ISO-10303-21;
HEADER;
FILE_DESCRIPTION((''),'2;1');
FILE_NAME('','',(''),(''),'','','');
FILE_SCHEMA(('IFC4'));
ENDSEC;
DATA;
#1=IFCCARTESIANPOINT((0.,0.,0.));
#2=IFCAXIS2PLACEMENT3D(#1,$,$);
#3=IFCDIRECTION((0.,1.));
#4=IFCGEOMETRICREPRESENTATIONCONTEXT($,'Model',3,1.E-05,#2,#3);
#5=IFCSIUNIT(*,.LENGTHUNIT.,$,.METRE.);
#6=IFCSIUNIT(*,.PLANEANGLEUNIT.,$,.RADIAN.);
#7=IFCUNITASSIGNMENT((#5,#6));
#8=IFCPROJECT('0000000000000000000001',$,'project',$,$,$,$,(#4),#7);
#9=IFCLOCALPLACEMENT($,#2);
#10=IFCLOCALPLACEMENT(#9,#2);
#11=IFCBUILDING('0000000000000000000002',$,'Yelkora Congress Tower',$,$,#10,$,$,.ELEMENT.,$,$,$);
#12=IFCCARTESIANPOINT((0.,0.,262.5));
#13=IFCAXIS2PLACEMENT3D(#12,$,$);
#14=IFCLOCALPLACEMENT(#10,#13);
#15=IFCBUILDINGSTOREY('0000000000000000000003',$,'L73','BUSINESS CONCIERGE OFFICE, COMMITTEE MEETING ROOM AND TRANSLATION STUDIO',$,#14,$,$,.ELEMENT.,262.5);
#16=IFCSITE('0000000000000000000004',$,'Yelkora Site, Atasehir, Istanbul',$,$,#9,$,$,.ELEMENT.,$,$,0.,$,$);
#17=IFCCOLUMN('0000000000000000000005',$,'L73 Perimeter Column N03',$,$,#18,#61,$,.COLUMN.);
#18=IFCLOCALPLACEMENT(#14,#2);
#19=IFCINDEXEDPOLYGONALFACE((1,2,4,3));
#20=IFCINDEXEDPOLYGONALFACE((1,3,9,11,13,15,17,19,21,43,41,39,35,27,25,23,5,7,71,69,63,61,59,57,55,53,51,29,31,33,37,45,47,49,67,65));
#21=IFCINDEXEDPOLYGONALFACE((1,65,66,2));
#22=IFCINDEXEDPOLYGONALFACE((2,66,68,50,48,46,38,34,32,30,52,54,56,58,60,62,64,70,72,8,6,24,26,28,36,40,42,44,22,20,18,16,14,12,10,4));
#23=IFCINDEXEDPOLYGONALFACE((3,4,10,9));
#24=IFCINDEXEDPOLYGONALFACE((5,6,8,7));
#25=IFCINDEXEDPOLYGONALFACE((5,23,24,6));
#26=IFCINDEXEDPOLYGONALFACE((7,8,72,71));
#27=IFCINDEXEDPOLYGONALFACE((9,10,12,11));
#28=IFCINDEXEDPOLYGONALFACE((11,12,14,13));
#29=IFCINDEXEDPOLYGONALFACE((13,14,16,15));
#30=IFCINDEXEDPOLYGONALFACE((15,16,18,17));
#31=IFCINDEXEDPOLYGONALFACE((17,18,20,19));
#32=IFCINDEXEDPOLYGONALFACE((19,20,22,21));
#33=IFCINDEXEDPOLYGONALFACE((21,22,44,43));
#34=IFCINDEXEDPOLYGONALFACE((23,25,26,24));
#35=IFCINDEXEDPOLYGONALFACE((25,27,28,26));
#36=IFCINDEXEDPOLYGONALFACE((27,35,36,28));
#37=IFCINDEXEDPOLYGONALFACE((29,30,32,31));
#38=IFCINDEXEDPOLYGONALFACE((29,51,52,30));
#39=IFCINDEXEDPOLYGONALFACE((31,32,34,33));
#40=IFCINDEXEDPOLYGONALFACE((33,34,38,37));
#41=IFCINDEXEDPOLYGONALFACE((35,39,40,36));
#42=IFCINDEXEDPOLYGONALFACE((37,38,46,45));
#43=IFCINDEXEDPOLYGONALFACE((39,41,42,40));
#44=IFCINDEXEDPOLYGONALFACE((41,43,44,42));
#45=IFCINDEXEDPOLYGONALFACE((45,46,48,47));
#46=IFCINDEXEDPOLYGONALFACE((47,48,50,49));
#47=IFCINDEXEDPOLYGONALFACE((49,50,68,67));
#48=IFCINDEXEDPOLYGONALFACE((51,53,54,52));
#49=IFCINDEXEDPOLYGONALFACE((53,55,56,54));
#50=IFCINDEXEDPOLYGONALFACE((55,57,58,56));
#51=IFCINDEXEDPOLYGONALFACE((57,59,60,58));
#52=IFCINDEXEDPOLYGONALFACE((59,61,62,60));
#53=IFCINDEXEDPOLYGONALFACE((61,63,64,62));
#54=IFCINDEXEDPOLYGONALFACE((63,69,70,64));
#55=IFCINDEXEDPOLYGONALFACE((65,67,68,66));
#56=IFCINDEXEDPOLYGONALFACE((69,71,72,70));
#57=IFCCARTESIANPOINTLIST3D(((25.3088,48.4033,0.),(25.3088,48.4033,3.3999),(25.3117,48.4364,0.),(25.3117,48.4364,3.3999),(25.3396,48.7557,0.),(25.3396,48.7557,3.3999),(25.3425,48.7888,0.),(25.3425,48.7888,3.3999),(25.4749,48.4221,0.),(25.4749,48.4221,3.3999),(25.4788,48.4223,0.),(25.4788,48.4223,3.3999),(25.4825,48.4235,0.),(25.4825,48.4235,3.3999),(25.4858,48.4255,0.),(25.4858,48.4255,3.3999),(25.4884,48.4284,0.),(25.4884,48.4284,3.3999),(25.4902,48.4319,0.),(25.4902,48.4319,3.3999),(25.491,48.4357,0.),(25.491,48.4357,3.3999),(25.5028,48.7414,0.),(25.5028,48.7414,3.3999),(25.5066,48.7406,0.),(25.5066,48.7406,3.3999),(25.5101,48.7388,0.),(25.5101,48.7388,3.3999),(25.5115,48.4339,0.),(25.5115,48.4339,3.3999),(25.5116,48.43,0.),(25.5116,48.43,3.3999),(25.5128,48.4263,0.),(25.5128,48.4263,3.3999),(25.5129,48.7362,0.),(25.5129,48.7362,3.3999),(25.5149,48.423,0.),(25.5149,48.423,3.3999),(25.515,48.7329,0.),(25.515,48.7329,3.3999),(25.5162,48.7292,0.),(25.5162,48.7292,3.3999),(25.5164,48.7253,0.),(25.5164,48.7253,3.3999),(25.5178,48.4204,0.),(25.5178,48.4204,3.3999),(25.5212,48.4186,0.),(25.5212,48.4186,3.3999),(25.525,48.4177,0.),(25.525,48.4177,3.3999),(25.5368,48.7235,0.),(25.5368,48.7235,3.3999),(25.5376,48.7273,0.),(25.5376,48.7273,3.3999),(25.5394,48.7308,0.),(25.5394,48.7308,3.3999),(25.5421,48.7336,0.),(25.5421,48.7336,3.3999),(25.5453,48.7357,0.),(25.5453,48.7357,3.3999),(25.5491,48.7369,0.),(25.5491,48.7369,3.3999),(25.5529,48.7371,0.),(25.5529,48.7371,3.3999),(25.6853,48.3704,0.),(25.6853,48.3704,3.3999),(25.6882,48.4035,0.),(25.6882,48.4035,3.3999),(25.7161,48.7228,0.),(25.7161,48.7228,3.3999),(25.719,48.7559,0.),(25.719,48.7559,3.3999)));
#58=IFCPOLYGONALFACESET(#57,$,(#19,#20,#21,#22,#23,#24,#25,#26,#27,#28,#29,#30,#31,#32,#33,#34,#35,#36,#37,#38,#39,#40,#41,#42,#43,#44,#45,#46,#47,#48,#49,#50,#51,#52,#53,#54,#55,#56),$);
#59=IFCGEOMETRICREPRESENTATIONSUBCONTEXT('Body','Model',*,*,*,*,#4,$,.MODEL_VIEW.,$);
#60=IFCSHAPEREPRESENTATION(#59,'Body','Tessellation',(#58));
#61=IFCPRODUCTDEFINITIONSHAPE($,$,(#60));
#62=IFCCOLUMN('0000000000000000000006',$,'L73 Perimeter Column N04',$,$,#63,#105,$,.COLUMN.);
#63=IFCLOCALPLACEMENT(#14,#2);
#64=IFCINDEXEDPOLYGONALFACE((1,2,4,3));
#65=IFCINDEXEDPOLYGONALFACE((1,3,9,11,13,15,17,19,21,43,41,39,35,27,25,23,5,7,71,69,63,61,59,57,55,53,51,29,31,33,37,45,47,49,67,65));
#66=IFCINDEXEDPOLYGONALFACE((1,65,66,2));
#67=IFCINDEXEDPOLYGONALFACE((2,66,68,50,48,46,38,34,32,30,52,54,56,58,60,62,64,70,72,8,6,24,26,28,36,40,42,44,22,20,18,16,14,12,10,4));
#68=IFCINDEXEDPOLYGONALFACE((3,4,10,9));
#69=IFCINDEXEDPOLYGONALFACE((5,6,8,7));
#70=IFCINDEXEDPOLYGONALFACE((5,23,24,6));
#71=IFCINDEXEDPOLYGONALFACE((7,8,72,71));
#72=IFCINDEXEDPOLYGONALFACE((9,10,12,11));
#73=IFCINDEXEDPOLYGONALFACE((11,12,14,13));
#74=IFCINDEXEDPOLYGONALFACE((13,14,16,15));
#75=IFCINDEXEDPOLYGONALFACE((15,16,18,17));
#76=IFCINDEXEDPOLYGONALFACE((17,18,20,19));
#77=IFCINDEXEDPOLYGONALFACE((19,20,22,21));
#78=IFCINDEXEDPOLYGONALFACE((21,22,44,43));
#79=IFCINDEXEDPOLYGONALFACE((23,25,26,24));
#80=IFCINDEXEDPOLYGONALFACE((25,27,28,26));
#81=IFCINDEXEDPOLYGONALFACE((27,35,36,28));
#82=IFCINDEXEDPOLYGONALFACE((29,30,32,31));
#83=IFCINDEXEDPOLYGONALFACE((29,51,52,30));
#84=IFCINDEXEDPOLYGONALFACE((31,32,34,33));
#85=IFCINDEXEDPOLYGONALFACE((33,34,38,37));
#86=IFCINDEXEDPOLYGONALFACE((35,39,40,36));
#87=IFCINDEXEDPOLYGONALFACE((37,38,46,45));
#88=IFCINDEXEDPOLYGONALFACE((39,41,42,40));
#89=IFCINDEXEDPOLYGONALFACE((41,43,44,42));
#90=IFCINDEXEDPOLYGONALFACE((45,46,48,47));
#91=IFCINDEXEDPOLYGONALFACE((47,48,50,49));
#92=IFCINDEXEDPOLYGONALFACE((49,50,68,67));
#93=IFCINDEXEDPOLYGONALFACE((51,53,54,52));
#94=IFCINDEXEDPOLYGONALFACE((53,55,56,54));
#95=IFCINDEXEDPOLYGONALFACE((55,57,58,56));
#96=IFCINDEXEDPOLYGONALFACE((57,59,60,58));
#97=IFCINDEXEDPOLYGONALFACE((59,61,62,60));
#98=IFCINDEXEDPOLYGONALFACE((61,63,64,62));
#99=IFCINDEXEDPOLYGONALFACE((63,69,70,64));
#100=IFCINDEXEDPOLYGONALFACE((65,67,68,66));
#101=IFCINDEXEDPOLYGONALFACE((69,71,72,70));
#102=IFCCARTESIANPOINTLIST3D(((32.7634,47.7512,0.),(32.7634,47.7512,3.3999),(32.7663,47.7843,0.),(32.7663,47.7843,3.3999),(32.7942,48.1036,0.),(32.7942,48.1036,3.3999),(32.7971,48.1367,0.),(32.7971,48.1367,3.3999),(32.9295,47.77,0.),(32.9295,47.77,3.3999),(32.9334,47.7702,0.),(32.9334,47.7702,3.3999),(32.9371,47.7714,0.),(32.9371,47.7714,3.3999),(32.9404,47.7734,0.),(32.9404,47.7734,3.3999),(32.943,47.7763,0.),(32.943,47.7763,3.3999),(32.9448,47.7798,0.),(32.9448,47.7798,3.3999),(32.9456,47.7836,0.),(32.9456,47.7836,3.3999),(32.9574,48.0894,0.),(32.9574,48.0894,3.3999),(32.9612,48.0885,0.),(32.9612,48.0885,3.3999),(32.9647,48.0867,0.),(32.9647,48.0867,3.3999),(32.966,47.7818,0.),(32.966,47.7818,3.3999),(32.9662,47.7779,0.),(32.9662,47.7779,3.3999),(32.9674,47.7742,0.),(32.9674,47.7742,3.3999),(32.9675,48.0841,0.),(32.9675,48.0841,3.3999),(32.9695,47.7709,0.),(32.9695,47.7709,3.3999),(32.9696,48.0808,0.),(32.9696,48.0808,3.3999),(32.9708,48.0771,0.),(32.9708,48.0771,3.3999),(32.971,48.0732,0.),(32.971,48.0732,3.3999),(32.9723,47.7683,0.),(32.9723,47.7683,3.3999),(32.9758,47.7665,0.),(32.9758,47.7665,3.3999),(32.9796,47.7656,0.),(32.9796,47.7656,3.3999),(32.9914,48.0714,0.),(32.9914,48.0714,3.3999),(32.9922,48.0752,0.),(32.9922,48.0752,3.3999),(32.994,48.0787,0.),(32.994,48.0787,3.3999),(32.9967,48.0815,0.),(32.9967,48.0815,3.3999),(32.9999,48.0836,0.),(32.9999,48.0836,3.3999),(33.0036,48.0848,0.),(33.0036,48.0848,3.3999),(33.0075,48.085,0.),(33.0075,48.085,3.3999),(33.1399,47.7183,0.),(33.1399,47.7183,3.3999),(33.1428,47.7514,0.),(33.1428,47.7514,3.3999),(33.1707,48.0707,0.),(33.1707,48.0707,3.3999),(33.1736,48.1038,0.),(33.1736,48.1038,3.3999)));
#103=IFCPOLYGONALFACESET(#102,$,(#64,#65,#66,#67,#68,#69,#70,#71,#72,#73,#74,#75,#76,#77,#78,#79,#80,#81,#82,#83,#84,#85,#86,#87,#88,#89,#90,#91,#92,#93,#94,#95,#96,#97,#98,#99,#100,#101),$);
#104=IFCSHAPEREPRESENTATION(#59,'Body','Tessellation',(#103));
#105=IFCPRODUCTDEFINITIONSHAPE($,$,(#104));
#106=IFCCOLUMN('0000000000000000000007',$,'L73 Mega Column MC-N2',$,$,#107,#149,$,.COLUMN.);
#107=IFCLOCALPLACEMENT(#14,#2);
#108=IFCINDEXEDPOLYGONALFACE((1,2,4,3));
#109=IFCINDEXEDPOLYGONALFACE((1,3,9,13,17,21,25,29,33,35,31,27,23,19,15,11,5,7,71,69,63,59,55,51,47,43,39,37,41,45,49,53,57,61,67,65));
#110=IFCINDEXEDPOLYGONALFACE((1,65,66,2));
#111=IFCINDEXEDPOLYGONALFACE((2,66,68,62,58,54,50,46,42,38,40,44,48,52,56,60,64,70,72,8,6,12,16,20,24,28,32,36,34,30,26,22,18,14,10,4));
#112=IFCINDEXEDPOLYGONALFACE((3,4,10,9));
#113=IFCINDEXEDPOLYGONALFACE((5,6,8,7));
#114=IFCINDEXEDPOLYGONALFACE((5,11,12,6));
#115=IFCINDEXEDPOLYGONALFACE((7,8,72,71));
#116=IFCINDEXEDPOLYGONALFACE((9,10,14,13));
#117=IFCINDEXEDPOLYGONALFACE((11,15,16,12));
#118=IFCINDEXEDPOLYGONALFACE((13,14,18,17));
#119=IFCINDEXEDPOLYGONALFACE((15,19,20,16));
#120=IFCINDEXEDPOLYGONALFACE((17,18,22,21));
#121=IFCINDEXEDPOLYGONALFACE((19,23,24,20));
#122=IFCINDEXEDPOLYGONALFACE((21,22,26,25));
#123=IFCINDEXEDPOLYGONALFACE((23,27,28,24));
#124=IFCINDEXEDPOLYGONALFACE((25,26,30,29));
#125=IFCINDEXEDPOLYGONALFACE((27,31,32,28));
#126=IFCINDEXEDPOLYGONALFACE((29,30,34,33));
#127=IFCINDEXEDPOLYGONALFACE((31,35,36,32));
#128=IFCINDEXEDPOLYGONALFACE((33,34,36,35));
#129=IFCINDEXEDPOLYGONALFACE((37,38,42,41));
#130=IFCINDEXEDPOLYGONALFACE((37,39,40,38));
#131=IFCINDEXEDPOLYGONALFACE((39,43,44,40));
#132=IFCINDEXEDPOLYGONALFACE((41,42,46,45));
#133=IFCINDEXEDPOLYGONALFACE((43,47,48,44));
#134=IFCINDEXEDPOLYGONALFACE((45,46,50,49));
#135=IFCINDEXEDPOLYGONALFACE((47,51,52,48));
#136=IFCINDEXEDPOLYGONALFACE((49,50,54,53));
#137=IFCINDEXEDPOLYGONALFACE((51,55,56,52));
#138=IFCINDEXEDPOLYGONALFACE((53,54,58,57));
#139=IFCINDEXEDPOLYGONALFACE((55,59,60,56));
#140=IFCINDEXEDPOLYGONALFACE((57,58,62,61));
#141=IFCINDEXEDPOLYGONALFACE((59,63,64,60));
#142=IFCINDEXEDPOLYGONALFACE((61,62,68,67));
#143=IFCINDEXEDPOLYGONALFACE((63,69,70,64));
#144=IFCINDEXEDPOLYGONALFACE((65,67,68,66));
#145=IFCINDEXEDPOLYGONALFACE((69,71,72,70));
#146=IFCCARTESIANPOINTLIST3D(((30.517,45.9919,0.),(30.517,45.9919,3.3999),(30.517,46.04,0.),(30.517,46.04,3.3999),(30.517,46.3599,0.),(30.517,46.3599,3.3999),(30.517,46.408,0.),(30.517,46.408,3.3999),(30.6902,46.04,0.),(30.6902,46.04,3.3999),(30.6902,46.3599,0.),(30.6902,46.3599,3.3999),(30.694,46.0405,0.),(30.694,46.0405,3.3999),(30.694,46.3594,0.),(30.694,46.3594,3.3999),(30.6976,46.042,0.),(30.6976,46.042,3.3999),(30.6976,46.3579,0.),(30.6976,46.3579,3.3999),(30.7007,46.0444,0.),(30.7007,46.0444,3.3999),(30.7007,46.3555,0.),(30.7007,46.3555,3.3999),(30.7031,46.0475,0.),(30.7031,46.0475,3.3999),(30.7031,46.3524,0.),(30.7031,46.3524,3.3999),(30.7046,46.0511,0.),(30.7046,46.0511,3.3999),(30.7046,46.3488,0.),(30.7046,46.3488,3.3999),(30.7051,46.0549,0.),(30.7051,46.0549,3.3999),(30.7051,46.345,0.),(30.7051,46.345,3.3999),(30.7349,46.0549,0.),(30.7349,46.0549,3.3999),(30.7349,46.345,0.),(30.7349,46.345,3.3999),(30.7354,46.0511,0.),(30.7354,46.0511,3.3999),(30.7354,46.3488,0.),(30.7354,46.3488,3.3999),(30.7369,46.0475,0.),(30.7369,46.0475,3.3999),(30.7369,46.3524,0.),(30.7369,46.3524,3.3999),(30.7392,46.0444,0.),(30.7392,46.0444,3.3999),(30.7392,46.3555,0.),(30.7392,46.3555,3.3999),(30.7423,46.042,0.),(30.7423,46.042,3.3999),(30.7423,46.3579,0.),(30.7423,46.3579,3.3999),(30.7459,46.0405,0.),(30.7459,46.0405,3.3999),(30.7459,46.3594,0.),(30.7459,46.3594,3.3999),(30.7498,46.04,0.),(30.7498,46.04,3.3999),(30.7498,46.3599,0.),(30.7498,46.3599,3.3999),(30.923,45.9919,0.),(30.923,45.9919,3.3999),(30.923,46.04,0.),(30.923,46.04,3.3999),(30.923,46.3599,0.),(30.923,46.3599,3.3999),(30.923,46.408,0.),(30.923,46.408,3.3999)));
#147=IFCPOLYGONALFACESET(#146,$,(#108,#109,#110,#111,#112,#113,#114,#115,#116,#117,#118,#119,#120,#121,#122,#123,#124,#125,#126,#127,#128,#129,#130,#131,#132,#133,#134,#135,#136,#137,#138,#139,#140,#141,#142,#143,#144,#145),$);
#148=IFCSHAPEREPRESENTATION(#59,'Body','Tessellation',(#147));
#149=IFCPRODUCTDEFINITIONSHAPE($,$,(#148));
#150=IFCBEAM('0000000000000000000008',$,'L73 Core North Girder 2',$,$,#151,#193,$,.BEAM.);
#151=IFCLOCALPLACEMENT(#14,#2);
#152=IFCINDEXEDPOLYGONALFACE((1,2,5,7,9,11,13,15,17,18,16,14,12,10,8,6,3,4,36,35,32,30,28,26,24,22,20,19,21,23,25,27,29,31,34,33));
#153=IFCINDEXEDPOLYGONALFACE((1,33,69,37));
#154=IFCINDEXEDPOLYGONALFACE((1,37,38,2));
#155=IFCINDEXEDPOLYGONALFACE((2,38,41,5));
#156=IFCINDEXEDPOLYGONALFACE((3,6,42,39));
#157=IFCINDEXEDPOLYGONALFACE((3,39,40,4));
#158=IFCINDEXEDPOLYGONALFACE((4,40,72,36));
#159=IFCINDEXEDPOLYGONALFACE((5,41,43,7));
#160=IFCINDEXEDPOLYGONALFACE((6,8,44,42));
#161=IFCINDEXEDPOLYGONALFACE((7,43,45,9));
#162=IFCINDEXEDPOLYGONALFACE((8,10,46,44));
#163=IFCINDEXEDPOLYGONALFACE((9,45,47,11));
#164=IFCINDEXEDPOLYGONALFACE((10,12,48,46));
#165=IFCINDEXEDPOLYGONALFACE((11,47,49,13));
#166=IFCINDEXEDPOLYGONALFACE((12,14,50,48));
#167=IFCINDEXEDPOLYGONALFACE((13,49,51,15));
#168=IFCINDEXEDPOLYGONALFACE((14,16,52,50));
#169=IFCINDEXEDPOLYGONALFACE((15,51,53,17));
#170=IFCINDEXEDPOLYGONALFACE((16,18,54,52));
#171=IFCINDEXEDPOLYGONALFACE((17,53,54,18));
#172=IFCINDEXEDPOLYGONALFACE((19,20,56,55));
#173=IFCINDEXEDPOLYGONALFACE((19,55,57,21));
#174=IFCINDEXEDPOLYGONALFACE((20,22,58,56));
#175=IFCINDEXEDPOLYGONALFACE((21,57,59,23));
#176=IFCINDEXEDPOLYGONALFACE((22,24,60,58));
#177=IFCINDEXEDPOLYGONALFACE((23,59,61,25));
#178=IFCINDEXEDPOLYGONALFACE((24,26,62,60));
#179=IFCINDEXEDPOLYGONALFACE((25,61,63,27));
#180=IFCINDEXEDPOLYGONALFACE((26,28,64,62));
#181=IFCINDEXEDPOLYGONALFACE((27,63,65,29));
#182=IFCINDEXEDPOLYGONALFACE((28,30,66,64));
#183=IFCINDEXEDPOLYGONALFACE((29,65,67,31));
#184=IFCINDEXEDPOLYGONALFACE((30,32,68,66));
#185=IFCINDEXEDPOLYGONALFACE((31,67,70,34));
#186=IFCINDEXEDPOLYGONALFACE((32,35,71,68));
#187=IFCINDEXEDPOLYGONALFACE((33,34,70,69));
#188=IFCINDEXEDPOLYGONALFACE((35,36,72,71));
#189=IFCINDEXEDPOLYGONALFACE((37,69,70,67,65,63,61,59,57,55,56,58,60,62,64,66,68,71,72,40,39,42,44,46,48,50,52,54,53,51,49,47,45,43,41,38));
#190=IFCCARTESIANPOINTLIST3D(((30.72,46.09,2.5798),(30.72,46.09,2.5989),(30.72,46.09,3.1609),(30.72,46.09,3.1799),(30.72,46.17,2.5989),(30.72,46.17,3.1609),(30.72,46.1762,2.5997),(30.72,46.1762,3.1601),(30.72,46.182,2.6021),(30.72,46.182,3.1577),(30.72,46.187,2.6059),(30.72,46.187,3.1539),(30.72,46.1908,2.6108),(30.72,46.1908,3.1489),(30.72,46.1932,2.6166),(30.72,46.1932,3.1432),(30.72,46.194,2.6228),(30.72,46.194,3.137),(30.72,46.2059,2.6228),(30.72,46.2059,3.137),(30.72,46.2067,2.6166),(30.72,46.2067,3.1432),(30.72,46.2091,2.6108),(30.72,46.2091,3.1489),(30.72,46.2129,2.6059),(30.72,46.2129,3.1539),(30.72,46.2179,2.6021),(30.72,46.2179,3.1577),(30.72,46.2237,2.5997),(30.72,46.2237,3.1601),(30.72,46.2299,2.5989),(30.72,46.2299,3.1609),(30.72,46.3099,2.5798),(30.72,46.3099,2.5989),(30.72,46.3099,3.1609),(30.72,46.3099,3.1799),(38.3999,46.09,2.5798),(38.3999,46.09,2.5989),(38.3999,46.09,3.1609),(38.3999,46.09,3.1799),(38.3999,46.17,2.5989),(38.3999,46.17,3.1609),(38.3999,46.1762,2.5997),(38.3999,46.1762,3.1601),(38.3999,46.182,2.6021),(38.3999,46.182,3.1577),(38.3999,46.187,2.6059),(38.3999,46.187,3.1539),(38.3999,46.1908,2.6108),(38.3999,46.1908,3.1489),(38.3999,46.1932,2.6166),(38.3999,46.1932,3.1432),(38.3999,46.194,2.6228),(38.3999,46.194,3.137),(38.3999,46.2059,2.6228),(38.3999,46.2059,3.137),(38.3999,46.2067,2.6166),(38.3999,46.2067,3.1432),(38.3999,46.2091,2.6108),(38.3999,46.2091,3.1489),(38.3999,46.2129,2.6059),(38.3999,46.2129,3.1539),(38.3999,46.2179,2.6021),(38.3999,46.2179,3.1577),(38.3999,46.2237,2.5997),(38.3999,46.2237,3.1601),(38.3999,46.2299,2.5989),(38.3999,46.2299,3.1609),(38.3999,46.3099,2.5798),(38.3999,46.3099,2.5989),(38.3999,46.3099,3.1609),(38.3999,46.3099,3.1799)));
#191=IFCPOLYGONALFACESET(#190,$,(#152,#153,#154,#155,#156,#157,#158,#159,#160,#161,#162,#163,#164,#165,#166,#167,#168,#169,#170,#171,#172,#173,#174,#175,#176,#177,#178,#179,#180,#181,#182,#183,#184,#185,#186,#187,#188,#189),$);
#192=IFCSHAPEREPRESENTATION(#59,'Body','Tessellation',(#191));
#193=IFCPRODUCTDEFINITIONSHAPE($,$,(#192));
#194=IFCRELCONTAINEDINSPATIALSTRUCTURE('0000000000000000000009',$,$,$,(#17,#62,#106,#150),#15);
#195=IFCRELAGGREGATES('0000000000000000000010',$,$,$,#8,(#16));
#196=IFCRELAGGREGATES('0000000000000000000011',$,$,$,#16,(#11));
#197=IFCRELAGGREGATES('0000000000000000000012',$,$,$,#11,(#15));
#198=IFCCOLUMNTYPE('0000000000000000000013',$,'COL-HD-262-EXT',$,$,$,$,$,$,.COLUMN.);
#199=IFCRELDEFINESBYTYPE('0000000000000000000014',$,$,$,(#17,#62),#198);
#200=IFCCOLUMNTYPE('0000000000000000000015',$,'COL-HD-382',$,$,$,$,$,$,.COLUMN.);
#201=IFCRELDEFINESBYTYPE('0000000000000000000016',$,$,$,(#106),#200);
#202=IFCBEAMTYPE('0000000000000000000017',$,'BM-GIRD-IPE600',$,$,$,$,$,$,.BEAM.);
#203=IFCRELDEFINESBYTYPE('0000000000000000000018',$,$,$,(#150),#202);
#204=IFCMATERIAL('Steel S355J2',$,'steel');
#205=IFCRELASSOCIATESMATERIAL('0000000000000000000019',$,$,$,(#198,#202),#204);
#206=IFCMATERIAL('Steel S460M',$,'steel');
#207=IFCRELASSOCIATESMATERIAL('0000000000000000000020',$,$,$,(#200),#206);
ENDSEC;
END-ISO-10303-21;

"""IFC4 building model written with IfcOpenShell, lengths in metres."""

from ifc_helpers import new_model, si_unit, direction, frame, origin, origin_2d, place, context, subcontext, project, spatial, i_section, extrude, material, material_profile, profile_set, type_object, element, save


model = new_model("IFC4")

# Units and contexts
model_context = context("Model", 3, precision=1e-05, world=origin(), true_north=direction((0.0, 1.0)))
body_context = subcontext(model_context, "Body", "Model", "MODEL_VIEW")
ifc_project = project(units=[si_unit("LENGTHUNIT", "METRE"), si_unit("PLANEANGLEUNIT", "RADIAN")], contexts=[model_context])

# Site, building, storey
site_placement = place(None, origin())
site = spatial("IfcSite", under=ifc_project, at=site_placement, Name="Yelkora Site, Atasehir, Istanbul", CompositionType="ELEMENT", RefElevation=0.0)
building_placement = place(site_placement, origin())
building = spatial("IfcBuilding", under=site, at=building_placement, Name="Yelkora Congress Tower", CompositionType="ELEMENT")
storey_placement = place(building_placement, frame((0.0, 0.0, 262.5)))
storey = spatial("IfcBuildingStorey", under=building, at=storey_placement, Name="L73", Description="BUSINESS CONCIERGE OFFICE, COMMITTEE MEETING ROOM AND TRANSLATION STUDIO", CompositionType="ELEMENT", Elevation=262.5)

# Columns
ifc_material_1 = material(Name="Steel S355J2", Category="steel")
ifc_material_profile_1 = material_profile(ifc_material_1, i_section(OverallWidth=0.3779, OverallDepth=0.387, WebThickness=0.0205, FlangeThickness=0.0332, FilletRadius=0.0149, at=origin_2d()), Name="HD 360x262")
ifc_profile_set_1 = profile_set([ifc_material_profile_1], Name="Steel S355J2")
column_type_1 = type_object("IfcColumnType", Name="COL-HD-262-EXT", PredefinedType="COLUMN", material=ifc_profile_set_1)
for number, where, z_axis, x_axis, name in (
    (1, (25.5139, 48.5796, 0.0), (0.0, 0.0, 1.0), (0.996195, -0.087156, 0.0), "L73 Perimeter Column N03"),
    (2, (32.9685, 47.9275, 0.0), (0.0, 0.0, 1.0), (0.996195, -0.087156, 0.0), "L73 Perimeter Column N04"),
):
    element("IfcColumn", number, at=place(storey_placement, frame(where, z_axis=z_axis, x_axis=x_axis)), inside=storey, type_object=column_type_1, Name=name, PredefinedType="COLUMN", context=body_context, shape_type="SweptSolid", body=[
        extrude(i_section(OverallWidth=0.3779, OverallDepth=0.387, WebThickness=0.0205, FlangeThickness=0.0332, FilletRadius=0.0149, at=origin_2d()), origin(), (0.0, 0.0, 1.0), 3.3999),
    ])
ifc_material_2 = material(Name="Steel S460M", Category="steel")
ifc_material_profile_2 = material_profile(ifc_material_2, i_section(OverallWidth=0.406, OverallDepth=0.416, WebThickness=0.0298, FlangeThickness=0.0481, FilletRadius=0.0149, at=origin_2d()), Name="HD 400x382")
ifc_profile_set_2 = profile_set([ifc_material_profile_2], Name="Steel S460M")
column_type_2 = type_object("IfcColumnType", Name="COL-HD-382", PredefinedType="COLUMN", material=ifc_profile_set_2)
column_placement = place(storey_placement, frame((30.72, 46.2, 0.0), z_axis=(0.0, 0.0, 1.0), x_axis=(1.0, 0.0, 0.0)))
element("IfcColumn", 3, at=column_placement, inside=storey, type_object=column_type_2, Name="L73 Mega Column MC-N2", PredefinedType="COLUMN", context=body_context, shape_type="SweptSolid", body=[
    extrude(i_section(OverallWidth=0.406, OverallDepth=0.416, WebThickness=0.0298, FlangeThickness=0.0481, FilletRadius=0.0149, at=origin_2d()), origin(), (0.0, 0.0, 1.0), 3.3999),
])

# Beam
ifc_material_profile_3 = material_profile(ifc_material_1, i_section(OverallWidth=0.22, OverallDepth=0.6001, WebThickness=0.012, FlangeThickness=0.019, FilletRadius=0.0239, at=origin_2d()), Name="IPE 600")
ifc_profile_set_3 = profile_set([ifc_material_profile_3], Name="Steel S355J2")
beam_type_1 = type_object("IfcBeamType", Name="BM-GIRD-IPE600", PredefinedType="BEAM", material=ifc_profile_set_3)
beam_1_placement = place(storey_placement, frame((30.72, 46.2, 2.8799), z_axis=(1.0, 0.0, 0.0), x_axis=(0.0, 1.0, 0.0)))
element("IfcBeam", 4, at=beam_1_placement, inside=storey, type_object=beam_type_1, Name="L73 Core North Girder 2", PredefinedType="BEAM", context=body_context, shape_type="SweptSolid", body=[
    extrude(i_section(OverallWidth=0.22, OverallDepth=0.6001, WebThickness=0.012, FlangeThickness=0.019, FilletRadius=0.0239, at=origin_2d()), origin(), (0.0, 0.0, 1.0), 7.6799),
])

save(model, "model.ifc")
